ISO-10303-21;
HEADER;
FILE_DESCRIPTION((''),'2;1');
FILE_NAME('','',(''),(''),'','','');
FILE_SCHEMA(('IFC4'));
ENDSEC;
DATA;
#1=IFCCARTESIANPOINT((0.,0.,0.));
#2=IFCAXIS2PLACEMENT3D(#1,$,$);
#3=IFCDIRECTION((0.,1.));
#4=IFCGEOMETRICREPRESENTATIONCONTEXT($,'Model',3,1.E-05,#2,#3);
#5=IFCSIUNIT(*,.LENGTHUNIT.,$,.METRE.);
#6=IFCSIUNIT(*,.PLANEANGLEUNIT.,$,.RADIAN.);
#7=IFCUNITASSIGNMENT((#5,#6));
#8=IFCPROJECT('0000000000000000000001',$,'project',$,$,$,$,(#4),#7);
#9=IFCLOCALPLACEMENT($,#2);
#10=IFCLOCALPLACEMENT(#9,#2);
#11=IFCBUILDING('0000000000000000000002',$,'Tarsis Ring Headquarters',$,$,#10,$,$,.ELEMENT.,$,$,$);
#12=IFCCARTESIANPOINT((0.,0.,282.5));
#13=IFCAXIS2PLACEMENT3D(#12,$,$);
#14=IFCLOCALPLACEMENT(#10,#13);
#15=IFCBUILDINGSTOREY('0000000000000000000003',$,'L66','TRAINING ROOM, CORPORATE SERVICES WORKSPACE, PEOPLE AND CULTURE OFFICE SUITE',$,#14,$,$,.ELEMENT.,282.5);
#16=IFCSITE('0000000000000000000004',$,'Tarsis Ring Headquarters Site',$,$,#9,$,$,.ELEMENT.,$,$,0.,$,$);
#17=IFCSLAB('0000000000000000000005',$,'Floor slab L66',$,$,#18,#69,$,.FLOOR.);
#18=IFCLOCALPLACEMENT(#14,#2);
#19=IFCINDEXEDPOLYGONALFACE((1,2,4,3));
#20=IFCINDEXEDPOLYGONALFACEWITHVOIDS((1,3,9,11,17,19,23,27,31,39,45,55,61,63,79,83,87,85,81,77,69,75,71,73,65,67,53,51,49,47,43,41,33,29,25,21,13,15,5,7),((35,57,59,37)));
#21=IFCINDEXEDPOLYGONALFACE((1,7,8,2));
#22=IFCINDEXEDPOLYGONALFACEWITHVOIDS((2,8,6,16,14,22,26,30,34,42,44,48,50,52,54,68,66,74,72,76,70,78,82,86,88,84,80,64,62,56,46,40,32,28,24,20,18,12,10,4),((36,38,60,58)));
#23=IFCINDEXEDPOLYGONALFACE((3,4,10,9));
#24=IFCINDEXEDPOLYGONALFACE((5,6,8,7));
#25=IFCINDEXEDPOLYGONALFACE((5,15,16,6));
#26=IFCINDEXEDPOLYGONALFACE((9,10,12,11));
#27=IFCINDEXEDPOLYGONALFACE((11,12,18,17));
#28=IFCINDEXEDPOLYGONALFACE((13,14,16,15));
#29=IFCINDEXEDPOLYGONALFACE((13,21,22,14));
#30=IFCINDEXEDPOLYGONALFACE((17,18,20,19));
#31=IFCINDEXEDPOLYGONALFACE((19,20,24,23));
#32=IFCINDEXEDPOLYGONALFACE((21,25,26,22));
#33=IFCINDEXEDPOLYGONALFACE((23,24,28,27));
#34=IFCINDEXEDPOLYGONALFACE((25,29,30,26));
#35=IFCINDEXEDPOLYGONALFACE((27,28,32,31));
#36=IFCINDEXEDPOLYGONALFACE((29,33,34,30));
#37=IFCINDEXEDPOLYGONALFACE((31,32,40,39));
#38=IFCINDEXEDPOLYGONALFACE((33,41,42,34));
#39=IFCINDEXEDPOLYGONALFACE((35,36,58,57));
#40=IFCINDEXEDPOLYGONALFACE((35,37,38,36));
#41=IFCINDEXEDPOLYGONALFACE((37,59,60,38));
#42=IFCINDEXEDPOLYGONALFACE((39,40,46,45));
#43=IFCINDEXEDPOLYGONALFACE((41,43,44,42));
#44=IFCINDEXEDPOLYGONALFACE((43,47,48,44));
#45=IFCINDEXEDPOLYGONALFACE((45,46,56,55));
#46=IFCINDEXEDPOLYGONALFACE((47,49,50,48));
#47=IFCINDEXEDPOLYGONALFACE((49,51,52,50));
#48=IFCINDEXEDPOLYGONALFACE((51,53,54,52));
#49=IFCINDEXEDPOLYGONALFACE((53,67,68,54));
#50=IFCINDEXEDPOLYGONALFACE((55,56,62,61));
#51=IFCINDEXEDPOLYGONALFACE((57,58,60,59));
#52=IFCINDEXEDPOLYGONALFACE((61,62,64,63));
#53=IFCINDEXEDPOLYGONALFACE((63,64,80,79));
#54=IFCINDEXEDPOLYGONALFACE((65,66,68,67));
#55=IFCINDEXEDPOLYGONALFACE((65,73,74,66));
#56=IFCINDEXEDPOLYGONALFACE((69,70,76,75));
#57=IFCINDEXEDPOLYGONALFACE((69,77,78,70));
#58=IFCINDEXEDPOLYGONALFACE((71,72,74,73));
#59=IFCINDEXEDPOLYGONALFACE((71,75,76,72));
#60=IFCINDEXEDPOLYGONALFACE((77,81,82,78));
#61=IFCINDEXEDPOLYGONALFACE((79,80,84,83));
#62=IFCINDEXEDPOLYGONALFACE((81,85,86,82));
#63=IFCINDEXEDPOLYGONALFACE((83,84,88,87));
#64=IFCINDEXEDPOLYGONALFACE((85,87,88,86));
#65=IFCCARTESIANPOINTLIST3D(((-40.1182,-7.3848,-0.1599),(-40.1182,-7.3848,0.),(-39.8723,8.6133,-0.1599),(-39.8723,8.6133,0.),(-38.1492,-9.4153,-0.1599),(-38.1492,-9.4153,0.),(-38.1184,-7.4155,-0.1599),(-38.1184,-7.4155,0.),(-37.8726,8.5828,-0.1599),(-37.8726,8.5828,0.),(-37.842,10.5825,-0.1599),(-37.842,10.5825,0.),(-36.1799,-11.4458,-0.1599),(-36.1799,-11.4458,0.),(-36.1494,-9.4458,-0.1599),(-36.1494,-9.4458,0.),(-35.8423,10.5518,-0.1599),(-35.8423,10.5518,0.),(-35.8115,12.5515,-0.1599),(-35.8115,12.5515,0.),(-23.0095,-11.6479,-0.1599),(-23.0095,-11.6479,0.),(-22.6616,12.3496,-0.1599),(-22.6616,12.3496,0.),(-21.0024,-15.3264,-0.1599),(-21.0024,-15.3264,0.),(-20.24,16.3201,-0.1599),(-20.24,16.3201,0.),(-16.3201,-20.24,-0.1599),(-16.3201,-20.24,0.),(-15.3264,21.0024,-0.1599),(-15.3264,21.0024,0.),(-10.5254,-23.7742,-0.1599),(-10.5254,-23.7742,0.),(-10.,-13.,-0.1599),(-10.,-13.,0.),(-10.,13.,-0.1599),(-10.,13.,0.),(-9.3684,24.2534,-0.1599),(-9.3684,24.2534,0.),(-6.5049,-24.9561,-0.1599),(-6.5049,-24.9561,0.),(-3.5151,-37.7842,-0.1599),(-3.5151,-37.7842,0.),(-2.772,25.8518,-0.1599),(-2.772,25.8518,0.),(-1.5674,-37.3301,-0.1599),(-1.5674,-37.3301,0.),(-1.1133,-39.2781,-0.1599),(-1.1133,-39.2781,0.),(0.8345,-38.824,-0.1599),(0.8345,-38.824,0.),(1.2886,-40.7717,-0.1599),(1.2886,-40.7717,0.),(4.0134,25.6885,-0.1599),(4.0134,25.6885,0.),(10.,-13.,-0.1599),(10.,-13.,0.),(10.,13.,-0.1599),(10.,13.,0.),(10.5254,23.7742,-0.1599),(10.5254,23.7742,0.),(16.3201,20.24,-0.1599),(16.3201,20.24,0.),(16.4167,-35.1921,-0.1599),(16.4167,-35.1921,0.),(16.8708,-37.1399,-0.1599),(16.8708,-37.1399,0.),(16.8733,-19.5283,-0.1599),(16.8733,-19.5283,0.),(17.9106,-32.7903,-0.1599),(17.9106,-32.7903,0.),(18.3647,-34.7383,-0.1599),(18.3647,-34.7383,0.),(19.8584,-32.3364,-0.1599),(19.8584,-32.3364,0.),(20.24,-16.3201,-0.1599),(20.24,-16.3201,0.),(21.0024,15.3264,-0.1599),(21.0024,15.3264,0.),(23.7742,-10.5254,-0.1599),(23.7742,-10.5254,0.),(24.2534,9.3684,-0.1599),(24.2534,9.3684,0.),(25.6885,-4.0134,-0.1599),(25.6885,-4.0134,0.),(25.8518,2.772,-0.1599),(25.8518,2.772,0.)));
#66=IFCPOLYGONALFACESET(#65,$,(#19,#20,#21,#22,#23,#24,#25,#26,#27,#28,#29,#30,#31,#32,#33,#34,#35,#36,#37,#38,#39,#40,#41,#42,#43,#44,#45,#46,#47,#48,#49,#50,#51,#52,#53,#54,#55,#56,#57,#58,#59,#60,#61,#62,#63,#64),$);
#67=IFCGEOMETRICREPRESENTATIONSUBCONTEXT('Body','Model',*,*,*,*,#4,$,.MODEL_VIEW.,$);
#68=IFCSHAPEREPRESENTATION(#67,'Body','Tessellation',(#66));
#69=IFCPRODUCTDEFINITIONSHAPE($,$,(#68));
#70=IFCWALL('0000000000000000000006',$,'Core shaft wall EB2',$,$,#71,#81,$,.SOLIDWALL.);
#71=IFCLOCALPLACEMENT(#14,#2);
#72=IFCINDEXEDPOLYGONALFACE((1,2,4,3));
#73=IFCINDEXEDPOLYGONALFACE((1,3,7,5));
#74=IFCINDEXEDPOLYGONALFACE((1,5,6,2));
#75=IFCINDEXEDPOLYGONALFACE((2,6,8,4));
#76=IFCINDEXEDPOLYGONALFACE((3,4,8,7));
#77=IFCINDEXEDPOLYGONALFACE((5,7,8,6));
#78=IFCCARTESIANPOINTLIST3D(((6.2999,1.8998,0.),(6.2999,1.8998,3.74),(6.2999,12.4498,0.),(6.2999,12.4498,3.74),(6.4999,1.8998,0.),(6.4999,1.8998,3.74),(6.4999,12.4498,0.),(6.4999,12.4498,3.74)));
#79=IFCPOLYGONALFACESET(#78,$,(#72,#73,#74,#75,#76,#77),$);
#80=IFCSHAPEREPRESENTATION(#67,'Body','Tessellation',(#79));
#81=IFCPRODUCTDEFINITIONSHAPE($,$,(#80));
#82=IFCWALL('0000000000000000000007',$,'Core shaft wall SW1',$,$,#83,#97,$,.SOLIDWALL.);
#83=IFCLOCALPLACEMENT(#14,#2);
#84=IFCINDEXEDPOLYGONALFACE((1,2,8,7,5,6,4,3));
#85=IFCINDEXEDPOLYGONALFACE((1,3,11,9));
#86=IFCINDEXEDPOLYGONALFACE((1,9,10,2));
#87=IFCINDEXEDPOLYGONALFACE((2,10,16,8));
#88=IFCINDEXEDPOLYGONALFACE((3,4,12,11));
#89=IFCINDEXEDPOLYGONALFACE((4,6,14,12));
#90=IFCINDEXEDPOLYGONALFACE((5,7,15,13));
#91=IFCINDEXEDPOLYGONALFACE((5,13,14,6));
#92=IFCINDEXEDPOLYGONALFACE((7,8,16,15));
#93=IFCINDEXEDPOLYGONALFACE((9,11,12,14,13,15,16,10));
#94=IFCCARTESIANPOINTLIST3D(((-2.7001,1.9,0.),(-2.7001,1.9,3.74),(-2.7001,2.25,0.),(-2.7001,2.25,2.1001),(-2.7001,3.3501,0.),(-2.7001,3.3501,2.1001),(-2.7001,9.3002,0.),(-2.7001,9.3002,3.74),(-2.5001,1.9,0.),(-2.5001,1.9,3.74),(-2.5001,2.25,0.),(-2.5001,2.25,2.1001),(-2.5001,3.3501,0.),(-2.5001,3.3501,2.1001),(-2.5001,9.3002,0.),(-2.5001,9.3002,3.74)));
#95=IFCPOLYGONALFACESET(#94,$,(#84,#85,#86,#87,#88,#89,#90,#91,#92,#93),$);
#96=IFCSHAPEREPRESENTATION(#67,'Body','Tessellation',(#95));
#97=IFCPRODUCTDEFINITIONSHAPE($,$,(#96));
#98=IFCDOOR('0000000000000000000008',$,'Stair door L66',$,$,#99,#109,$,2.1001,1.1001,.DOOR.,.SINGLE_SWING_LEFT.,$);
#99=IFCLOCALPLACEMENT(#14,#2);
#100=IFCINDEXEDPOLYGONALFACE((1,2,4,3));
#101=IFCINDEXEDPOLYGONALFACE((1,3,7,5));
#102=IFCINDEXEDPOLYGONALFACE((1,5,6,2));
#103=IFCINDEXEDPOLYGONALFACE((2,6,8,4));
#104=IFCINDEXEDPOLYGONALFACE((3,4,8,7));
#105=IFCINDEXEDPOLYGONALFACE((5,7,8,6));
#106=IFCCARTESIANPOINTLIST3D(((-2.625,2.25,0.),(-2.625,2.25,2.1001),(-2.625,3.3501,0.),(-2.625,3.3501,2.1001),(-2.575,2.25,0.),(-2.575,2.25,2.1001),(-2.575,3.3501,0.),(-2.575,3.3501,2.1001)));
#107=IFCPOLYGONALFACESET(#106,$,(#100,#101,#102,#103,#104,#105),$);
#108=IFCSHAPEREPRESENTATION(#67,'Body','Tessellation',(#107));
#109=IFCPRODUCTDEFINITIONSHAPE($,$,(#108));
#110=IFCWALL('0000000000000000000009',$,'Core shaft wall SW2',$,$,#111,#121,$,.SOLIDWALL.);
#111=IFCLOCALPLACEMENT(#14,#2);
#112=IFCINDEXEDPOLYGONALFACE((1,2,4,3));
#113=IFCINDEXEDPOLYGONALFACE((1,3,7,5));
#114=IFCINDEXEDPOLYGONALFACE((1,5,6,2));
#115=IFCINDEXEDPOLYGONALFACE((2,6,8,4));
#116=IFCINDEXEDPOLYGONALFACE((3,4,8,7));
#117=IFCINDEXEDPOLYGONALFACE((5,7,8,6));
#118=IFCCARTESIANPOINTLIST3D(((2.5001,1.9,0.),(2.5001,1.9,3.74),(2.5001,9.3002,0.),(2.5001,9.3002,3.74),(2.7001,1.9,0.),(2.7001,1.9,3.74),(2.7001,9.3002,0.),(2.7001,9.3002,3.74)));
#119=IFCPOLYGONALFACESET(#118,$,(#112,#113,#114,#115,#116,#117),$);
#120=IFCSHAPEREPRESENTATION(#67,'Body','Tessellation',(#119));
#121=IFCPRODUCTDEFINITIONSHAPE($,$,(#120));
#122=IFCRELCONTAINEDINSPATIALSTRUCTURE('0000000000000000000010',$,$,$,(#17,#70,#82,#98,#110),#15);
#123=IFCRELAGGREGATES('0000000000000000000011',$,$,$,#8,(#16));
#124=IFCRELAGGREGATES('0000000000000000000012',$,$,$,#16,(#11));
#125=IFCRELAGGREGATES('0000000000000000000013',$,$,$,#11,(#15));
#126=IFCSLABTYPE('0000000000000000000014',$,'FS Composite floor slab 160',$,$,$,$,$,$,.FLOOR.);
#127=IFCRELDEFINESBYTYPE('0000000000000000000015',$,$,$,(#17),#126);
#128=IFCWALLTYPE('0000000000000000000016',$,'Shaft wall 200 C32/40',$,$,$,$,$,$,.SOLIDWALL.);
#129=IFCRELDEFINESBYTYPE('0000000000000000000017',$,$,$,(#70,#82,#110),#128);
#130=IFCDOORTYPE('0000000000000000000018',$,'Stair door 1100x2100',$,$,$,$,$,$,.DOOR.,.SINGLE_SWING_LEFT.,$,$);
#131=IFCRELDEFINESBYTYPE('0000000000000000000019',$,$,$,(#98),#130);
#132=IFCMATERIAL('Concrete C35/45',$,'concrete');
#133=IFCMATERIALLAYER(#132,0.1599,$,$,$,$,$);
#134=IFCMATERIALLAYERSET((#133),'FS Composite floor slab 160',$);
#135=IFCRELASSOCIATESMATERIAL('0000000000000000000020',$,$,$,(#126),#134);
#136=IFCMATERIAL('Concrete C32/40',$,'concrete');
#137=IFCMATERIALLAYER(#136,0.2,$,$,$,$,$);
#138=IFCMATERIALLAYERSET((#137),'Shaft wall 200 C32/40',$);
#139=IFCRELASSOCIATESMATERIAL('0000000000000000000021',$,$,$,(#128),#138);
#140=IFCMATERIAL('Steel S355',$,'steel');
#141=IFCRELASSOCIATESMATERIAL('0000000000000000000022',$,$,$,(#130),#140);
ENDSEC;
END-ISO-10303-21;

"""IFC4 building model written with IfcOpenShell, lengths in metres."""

from ifc_helpers import new_model, si_unit, direction, frame, frame_2d, origin, place, context, subcontext, project, spatial, polyline, rectangle, outline, extrude, material, layer, layer_set, type_object, element, fill, save


model = new_model("IFC4")

# Units and contexts
model_context = context("Model", 3, precision=1e-05, world=origin(), true_north=direction((0.0, 1.0)))
body_context = subcontext(model_context, "Body", "Model", "MODEL_VIEW")
ifc_project = project(units=[si_unit("LENGTHUNIT", "METRE"), si_unit("PLANEANGLEUNIT", "RADIAN")], contexts=[model_context])

# Site, building, storey
site_placement = place(None, origin())
site = spatial("IfcSite", under=ifc_project, at=site_placement, Name="Tarsis Ring Headquarters Site", CompositionType="ELEMENT", RefElevation=0.0)
building_placement = place(site_placement, origin())
building = spatial("IfcBuilding", under=site, at=building_placement, Name="Tarsis Ring Headquarters", CompositionType="ELEMENT")
storey_placement = place(building_placement, frame((0.0, 0.0, 282.5)))
storey = spatial("IfcBuildingStorey", under=building, at=storey_placement, Name="L66", Description="TRAINING ROOM, CORPORATE SERVICES WORKSPACE, PEOPLE AND CULTURE OFFICE SUITE", CompositionType="ELEMENT", Elevation=282.5)

# Slab
ifc_material_1 = material(Name="Concrete C35/45", Category="concrete")
ifc_layer_1 = layer(ifc_material_1, 0.1599)
ifc_layer_set_1 = layer_set([ifc_layer_1], Name="FS Composite floor slab 160")
slab_type_1 = type_object("IfcSlabType", Name="FS Composite floor slab 160", PredefinedType="FLOOR", material=ifc_layer_set_1)
slab_1_placement = place(storey_placement, frame((0.0, 0.0, -0.1599)))
element("IfcSlab", 1, at=slab_1_placement, inside=storey, type_object=slab_type_1, Name="Floor slab L66", PredefinedType="FLOOR", context=body_context, shape_type="SweptSolid", body=[
    extrude(outline(polyline([(-23.0095, -11.6479), (-21.0024, -15.3264), (-16.3201, -20.24), (-10.5254, -23.7742), (-6.5049, -24.9561), (-3.5151, -37.7842), (-1.5674, -37.3301), (-1.1133, -39.2781), (0.8345, -38.824), (1.2886, -40.7717), (16.8708, -37.1399), (16.4167, -35.1921), (18.3647, -34.7383), (17.9106, -32.7903), (19.8584, -32.3364), (16.8733, -19.5283), (20.24, -16.3201), (23.7742, -10.5254), (25.6885, -4.0134), (25.8518, 2.772), (24.2534, 9.3684), (21.0024, 15.3264), (16.3201, 20.24), (10.5254, 23.7742), (4.0134, 25.6885), (-2.772, 25.8518), (-9.3684, 24.2534), (-15.3264, 21.0024), (-20.24, 16.3201), (-22.6616, 12.3496), (-35.8115, 12.5515), (-35.8423, 10.5518), (-37.842, 10.5825), (-37.8726, 8.5828), (-39.8723, 8.6133), (-40.1182, -7.3848), (-38.1184, -7.4155), (-38.1492, -9.4153), (-36.1494, -9.4458), (-36.1799, -11.4458), (-23.0095, -11.6479)]), holes=[polyline([(-10.0, -13.0), (-10.0, 13.0), (10.0, 13.0), (10.0, -13.0), (-10.0, -13.0)])]), origin(), (0.0, 0.0, 1.0), 0.1599),
])

# Wall
ifc_material_2 = material(Name="Concrete C32/40", Category="concrete")
ifc_layer_2 = layer(ifc_material_2, 0.2)
ifc_layer_set_2 = layer_set([ifc_layer_2], Name="Shaft wall 200 C32/40")
wall_type = type_object("IfcWallType", Name="Shaft wall 200 C32/40", PredefinedType="SOLIDWALL", material=ifc_layer_set_2)
wall_1_placement = place(storey_placement, frame((6.3999, 1.8999, 0.0), z_axis=(0.0, 0.0, 1.0), x_axis=(0.0, 1.0, 0.0)))
element("IfcWall", 2, at=wall_1_placement, inside=storey, type_object=wall_type, Name="Core shaft wall EB2", PredefinedType="SOLIDWALL", context=body_context, shape_type="SweptSolid", body=[
    extrude(rectangle(XDim=10.55, YDim=0.2, at=frame_2d((5.2749, 0.0))), origin(), (0.0, 0.0, 1.0), 3.74),
])

# Wall, opening, door
wall_2_placement = place(storey_placement, frame((-2.6001, 1.8999, 0.0), z_axis=(0.0, 0.0, 1.0), x_axis=(0.0, 1.0, 0.0)))
wall_2 = element("IfcWall", 3, at=wall_2_placement, inside=storey, type_object=wall_type, Name="Core shaft wall SW1", PredefinedType="SOLIDWALL", context=body_context, shape_type="SweptSolid", body=[
    extrude(rectangle(XDim=7.4001, YDim=0.2, at=frame_2d((3.7002, 0.0))), origin(), (0.0, 0.0, 1.0), 3.74),
])
opening_placement = place(wall_2_placement, frame((0.3501, 0.0, 0.0)))
opening = element("IfcOpeningElement", 4, at=opening_placement, cuts=wall_2, PredefinedType="OPENING", context=body_context, shape_type="SweptSolid", body=[
    extrude(rectangle(XDim=1.1001, YDim=2.1001, at=frame_2d((0.55, 1.05))), frame((0.0, 0.1099, 0.0), z_axis=(0.0, -1.0, 0.0), x_axis=(1.0, 0.0, 0.0)), (0.0, 0.0, 1.0), 0.22),
])
ifc_material_3 = material(Name="Steel S355", Category="steel")
door_type = type_object("IfcDoorType", Name="Stair door 1100x2100", OperationType="SINGLE_SWING_LEFT", PredefinedType="DOOR", material=ifc_material_3)
door_placement = place(opening_placement, origin())
door = element("IfcDoor", 5, at=door_placement, inside=storey, type_object=door_type, Name="Stair door L66", OperationType="SINGLE_SWING_LEFT", OverallHeight=2.1001, OverallWidth=1.1001, PredefinedType="DOOR", context=body_context, shape_type="SweptSolid", body=[
    extrude(rectangle(XDim=1.1001, YDim=2.1001, at=frame_2d((0.55, 1.05))), frame((0.0, 0.0249, 0.0), z_axis=(0.0, -1.0, 0.0), x_axis=(1.0, 0.0, 0.0)), (0.0, 0.0, 1.0), 0.05),
])
fill(opening, door)

# Wall
wall_3_placement = place(storey_placement, frame((2.6001, 1.8999, 0.0), z_axis=(0.0, 0.0, 1.0), x_axis=(0.0, 1.0, 0.0)))
element("IfcWall", 6, at=wall_3_placement, inside=storey, type_object=wall_type, Name="Core shaft wall SW2", PredefinedType="SOLIDWALL", context=body_context, shape_type="SweptSolid", body=[
    extrude(rectangle(XDim=7.4001, YDim=0.2, at=frame_2d((3.7002, 0.0))), origin(), (0.0, 0.0, 1.0), 3.74),
])

save(model, "model.ifc")
